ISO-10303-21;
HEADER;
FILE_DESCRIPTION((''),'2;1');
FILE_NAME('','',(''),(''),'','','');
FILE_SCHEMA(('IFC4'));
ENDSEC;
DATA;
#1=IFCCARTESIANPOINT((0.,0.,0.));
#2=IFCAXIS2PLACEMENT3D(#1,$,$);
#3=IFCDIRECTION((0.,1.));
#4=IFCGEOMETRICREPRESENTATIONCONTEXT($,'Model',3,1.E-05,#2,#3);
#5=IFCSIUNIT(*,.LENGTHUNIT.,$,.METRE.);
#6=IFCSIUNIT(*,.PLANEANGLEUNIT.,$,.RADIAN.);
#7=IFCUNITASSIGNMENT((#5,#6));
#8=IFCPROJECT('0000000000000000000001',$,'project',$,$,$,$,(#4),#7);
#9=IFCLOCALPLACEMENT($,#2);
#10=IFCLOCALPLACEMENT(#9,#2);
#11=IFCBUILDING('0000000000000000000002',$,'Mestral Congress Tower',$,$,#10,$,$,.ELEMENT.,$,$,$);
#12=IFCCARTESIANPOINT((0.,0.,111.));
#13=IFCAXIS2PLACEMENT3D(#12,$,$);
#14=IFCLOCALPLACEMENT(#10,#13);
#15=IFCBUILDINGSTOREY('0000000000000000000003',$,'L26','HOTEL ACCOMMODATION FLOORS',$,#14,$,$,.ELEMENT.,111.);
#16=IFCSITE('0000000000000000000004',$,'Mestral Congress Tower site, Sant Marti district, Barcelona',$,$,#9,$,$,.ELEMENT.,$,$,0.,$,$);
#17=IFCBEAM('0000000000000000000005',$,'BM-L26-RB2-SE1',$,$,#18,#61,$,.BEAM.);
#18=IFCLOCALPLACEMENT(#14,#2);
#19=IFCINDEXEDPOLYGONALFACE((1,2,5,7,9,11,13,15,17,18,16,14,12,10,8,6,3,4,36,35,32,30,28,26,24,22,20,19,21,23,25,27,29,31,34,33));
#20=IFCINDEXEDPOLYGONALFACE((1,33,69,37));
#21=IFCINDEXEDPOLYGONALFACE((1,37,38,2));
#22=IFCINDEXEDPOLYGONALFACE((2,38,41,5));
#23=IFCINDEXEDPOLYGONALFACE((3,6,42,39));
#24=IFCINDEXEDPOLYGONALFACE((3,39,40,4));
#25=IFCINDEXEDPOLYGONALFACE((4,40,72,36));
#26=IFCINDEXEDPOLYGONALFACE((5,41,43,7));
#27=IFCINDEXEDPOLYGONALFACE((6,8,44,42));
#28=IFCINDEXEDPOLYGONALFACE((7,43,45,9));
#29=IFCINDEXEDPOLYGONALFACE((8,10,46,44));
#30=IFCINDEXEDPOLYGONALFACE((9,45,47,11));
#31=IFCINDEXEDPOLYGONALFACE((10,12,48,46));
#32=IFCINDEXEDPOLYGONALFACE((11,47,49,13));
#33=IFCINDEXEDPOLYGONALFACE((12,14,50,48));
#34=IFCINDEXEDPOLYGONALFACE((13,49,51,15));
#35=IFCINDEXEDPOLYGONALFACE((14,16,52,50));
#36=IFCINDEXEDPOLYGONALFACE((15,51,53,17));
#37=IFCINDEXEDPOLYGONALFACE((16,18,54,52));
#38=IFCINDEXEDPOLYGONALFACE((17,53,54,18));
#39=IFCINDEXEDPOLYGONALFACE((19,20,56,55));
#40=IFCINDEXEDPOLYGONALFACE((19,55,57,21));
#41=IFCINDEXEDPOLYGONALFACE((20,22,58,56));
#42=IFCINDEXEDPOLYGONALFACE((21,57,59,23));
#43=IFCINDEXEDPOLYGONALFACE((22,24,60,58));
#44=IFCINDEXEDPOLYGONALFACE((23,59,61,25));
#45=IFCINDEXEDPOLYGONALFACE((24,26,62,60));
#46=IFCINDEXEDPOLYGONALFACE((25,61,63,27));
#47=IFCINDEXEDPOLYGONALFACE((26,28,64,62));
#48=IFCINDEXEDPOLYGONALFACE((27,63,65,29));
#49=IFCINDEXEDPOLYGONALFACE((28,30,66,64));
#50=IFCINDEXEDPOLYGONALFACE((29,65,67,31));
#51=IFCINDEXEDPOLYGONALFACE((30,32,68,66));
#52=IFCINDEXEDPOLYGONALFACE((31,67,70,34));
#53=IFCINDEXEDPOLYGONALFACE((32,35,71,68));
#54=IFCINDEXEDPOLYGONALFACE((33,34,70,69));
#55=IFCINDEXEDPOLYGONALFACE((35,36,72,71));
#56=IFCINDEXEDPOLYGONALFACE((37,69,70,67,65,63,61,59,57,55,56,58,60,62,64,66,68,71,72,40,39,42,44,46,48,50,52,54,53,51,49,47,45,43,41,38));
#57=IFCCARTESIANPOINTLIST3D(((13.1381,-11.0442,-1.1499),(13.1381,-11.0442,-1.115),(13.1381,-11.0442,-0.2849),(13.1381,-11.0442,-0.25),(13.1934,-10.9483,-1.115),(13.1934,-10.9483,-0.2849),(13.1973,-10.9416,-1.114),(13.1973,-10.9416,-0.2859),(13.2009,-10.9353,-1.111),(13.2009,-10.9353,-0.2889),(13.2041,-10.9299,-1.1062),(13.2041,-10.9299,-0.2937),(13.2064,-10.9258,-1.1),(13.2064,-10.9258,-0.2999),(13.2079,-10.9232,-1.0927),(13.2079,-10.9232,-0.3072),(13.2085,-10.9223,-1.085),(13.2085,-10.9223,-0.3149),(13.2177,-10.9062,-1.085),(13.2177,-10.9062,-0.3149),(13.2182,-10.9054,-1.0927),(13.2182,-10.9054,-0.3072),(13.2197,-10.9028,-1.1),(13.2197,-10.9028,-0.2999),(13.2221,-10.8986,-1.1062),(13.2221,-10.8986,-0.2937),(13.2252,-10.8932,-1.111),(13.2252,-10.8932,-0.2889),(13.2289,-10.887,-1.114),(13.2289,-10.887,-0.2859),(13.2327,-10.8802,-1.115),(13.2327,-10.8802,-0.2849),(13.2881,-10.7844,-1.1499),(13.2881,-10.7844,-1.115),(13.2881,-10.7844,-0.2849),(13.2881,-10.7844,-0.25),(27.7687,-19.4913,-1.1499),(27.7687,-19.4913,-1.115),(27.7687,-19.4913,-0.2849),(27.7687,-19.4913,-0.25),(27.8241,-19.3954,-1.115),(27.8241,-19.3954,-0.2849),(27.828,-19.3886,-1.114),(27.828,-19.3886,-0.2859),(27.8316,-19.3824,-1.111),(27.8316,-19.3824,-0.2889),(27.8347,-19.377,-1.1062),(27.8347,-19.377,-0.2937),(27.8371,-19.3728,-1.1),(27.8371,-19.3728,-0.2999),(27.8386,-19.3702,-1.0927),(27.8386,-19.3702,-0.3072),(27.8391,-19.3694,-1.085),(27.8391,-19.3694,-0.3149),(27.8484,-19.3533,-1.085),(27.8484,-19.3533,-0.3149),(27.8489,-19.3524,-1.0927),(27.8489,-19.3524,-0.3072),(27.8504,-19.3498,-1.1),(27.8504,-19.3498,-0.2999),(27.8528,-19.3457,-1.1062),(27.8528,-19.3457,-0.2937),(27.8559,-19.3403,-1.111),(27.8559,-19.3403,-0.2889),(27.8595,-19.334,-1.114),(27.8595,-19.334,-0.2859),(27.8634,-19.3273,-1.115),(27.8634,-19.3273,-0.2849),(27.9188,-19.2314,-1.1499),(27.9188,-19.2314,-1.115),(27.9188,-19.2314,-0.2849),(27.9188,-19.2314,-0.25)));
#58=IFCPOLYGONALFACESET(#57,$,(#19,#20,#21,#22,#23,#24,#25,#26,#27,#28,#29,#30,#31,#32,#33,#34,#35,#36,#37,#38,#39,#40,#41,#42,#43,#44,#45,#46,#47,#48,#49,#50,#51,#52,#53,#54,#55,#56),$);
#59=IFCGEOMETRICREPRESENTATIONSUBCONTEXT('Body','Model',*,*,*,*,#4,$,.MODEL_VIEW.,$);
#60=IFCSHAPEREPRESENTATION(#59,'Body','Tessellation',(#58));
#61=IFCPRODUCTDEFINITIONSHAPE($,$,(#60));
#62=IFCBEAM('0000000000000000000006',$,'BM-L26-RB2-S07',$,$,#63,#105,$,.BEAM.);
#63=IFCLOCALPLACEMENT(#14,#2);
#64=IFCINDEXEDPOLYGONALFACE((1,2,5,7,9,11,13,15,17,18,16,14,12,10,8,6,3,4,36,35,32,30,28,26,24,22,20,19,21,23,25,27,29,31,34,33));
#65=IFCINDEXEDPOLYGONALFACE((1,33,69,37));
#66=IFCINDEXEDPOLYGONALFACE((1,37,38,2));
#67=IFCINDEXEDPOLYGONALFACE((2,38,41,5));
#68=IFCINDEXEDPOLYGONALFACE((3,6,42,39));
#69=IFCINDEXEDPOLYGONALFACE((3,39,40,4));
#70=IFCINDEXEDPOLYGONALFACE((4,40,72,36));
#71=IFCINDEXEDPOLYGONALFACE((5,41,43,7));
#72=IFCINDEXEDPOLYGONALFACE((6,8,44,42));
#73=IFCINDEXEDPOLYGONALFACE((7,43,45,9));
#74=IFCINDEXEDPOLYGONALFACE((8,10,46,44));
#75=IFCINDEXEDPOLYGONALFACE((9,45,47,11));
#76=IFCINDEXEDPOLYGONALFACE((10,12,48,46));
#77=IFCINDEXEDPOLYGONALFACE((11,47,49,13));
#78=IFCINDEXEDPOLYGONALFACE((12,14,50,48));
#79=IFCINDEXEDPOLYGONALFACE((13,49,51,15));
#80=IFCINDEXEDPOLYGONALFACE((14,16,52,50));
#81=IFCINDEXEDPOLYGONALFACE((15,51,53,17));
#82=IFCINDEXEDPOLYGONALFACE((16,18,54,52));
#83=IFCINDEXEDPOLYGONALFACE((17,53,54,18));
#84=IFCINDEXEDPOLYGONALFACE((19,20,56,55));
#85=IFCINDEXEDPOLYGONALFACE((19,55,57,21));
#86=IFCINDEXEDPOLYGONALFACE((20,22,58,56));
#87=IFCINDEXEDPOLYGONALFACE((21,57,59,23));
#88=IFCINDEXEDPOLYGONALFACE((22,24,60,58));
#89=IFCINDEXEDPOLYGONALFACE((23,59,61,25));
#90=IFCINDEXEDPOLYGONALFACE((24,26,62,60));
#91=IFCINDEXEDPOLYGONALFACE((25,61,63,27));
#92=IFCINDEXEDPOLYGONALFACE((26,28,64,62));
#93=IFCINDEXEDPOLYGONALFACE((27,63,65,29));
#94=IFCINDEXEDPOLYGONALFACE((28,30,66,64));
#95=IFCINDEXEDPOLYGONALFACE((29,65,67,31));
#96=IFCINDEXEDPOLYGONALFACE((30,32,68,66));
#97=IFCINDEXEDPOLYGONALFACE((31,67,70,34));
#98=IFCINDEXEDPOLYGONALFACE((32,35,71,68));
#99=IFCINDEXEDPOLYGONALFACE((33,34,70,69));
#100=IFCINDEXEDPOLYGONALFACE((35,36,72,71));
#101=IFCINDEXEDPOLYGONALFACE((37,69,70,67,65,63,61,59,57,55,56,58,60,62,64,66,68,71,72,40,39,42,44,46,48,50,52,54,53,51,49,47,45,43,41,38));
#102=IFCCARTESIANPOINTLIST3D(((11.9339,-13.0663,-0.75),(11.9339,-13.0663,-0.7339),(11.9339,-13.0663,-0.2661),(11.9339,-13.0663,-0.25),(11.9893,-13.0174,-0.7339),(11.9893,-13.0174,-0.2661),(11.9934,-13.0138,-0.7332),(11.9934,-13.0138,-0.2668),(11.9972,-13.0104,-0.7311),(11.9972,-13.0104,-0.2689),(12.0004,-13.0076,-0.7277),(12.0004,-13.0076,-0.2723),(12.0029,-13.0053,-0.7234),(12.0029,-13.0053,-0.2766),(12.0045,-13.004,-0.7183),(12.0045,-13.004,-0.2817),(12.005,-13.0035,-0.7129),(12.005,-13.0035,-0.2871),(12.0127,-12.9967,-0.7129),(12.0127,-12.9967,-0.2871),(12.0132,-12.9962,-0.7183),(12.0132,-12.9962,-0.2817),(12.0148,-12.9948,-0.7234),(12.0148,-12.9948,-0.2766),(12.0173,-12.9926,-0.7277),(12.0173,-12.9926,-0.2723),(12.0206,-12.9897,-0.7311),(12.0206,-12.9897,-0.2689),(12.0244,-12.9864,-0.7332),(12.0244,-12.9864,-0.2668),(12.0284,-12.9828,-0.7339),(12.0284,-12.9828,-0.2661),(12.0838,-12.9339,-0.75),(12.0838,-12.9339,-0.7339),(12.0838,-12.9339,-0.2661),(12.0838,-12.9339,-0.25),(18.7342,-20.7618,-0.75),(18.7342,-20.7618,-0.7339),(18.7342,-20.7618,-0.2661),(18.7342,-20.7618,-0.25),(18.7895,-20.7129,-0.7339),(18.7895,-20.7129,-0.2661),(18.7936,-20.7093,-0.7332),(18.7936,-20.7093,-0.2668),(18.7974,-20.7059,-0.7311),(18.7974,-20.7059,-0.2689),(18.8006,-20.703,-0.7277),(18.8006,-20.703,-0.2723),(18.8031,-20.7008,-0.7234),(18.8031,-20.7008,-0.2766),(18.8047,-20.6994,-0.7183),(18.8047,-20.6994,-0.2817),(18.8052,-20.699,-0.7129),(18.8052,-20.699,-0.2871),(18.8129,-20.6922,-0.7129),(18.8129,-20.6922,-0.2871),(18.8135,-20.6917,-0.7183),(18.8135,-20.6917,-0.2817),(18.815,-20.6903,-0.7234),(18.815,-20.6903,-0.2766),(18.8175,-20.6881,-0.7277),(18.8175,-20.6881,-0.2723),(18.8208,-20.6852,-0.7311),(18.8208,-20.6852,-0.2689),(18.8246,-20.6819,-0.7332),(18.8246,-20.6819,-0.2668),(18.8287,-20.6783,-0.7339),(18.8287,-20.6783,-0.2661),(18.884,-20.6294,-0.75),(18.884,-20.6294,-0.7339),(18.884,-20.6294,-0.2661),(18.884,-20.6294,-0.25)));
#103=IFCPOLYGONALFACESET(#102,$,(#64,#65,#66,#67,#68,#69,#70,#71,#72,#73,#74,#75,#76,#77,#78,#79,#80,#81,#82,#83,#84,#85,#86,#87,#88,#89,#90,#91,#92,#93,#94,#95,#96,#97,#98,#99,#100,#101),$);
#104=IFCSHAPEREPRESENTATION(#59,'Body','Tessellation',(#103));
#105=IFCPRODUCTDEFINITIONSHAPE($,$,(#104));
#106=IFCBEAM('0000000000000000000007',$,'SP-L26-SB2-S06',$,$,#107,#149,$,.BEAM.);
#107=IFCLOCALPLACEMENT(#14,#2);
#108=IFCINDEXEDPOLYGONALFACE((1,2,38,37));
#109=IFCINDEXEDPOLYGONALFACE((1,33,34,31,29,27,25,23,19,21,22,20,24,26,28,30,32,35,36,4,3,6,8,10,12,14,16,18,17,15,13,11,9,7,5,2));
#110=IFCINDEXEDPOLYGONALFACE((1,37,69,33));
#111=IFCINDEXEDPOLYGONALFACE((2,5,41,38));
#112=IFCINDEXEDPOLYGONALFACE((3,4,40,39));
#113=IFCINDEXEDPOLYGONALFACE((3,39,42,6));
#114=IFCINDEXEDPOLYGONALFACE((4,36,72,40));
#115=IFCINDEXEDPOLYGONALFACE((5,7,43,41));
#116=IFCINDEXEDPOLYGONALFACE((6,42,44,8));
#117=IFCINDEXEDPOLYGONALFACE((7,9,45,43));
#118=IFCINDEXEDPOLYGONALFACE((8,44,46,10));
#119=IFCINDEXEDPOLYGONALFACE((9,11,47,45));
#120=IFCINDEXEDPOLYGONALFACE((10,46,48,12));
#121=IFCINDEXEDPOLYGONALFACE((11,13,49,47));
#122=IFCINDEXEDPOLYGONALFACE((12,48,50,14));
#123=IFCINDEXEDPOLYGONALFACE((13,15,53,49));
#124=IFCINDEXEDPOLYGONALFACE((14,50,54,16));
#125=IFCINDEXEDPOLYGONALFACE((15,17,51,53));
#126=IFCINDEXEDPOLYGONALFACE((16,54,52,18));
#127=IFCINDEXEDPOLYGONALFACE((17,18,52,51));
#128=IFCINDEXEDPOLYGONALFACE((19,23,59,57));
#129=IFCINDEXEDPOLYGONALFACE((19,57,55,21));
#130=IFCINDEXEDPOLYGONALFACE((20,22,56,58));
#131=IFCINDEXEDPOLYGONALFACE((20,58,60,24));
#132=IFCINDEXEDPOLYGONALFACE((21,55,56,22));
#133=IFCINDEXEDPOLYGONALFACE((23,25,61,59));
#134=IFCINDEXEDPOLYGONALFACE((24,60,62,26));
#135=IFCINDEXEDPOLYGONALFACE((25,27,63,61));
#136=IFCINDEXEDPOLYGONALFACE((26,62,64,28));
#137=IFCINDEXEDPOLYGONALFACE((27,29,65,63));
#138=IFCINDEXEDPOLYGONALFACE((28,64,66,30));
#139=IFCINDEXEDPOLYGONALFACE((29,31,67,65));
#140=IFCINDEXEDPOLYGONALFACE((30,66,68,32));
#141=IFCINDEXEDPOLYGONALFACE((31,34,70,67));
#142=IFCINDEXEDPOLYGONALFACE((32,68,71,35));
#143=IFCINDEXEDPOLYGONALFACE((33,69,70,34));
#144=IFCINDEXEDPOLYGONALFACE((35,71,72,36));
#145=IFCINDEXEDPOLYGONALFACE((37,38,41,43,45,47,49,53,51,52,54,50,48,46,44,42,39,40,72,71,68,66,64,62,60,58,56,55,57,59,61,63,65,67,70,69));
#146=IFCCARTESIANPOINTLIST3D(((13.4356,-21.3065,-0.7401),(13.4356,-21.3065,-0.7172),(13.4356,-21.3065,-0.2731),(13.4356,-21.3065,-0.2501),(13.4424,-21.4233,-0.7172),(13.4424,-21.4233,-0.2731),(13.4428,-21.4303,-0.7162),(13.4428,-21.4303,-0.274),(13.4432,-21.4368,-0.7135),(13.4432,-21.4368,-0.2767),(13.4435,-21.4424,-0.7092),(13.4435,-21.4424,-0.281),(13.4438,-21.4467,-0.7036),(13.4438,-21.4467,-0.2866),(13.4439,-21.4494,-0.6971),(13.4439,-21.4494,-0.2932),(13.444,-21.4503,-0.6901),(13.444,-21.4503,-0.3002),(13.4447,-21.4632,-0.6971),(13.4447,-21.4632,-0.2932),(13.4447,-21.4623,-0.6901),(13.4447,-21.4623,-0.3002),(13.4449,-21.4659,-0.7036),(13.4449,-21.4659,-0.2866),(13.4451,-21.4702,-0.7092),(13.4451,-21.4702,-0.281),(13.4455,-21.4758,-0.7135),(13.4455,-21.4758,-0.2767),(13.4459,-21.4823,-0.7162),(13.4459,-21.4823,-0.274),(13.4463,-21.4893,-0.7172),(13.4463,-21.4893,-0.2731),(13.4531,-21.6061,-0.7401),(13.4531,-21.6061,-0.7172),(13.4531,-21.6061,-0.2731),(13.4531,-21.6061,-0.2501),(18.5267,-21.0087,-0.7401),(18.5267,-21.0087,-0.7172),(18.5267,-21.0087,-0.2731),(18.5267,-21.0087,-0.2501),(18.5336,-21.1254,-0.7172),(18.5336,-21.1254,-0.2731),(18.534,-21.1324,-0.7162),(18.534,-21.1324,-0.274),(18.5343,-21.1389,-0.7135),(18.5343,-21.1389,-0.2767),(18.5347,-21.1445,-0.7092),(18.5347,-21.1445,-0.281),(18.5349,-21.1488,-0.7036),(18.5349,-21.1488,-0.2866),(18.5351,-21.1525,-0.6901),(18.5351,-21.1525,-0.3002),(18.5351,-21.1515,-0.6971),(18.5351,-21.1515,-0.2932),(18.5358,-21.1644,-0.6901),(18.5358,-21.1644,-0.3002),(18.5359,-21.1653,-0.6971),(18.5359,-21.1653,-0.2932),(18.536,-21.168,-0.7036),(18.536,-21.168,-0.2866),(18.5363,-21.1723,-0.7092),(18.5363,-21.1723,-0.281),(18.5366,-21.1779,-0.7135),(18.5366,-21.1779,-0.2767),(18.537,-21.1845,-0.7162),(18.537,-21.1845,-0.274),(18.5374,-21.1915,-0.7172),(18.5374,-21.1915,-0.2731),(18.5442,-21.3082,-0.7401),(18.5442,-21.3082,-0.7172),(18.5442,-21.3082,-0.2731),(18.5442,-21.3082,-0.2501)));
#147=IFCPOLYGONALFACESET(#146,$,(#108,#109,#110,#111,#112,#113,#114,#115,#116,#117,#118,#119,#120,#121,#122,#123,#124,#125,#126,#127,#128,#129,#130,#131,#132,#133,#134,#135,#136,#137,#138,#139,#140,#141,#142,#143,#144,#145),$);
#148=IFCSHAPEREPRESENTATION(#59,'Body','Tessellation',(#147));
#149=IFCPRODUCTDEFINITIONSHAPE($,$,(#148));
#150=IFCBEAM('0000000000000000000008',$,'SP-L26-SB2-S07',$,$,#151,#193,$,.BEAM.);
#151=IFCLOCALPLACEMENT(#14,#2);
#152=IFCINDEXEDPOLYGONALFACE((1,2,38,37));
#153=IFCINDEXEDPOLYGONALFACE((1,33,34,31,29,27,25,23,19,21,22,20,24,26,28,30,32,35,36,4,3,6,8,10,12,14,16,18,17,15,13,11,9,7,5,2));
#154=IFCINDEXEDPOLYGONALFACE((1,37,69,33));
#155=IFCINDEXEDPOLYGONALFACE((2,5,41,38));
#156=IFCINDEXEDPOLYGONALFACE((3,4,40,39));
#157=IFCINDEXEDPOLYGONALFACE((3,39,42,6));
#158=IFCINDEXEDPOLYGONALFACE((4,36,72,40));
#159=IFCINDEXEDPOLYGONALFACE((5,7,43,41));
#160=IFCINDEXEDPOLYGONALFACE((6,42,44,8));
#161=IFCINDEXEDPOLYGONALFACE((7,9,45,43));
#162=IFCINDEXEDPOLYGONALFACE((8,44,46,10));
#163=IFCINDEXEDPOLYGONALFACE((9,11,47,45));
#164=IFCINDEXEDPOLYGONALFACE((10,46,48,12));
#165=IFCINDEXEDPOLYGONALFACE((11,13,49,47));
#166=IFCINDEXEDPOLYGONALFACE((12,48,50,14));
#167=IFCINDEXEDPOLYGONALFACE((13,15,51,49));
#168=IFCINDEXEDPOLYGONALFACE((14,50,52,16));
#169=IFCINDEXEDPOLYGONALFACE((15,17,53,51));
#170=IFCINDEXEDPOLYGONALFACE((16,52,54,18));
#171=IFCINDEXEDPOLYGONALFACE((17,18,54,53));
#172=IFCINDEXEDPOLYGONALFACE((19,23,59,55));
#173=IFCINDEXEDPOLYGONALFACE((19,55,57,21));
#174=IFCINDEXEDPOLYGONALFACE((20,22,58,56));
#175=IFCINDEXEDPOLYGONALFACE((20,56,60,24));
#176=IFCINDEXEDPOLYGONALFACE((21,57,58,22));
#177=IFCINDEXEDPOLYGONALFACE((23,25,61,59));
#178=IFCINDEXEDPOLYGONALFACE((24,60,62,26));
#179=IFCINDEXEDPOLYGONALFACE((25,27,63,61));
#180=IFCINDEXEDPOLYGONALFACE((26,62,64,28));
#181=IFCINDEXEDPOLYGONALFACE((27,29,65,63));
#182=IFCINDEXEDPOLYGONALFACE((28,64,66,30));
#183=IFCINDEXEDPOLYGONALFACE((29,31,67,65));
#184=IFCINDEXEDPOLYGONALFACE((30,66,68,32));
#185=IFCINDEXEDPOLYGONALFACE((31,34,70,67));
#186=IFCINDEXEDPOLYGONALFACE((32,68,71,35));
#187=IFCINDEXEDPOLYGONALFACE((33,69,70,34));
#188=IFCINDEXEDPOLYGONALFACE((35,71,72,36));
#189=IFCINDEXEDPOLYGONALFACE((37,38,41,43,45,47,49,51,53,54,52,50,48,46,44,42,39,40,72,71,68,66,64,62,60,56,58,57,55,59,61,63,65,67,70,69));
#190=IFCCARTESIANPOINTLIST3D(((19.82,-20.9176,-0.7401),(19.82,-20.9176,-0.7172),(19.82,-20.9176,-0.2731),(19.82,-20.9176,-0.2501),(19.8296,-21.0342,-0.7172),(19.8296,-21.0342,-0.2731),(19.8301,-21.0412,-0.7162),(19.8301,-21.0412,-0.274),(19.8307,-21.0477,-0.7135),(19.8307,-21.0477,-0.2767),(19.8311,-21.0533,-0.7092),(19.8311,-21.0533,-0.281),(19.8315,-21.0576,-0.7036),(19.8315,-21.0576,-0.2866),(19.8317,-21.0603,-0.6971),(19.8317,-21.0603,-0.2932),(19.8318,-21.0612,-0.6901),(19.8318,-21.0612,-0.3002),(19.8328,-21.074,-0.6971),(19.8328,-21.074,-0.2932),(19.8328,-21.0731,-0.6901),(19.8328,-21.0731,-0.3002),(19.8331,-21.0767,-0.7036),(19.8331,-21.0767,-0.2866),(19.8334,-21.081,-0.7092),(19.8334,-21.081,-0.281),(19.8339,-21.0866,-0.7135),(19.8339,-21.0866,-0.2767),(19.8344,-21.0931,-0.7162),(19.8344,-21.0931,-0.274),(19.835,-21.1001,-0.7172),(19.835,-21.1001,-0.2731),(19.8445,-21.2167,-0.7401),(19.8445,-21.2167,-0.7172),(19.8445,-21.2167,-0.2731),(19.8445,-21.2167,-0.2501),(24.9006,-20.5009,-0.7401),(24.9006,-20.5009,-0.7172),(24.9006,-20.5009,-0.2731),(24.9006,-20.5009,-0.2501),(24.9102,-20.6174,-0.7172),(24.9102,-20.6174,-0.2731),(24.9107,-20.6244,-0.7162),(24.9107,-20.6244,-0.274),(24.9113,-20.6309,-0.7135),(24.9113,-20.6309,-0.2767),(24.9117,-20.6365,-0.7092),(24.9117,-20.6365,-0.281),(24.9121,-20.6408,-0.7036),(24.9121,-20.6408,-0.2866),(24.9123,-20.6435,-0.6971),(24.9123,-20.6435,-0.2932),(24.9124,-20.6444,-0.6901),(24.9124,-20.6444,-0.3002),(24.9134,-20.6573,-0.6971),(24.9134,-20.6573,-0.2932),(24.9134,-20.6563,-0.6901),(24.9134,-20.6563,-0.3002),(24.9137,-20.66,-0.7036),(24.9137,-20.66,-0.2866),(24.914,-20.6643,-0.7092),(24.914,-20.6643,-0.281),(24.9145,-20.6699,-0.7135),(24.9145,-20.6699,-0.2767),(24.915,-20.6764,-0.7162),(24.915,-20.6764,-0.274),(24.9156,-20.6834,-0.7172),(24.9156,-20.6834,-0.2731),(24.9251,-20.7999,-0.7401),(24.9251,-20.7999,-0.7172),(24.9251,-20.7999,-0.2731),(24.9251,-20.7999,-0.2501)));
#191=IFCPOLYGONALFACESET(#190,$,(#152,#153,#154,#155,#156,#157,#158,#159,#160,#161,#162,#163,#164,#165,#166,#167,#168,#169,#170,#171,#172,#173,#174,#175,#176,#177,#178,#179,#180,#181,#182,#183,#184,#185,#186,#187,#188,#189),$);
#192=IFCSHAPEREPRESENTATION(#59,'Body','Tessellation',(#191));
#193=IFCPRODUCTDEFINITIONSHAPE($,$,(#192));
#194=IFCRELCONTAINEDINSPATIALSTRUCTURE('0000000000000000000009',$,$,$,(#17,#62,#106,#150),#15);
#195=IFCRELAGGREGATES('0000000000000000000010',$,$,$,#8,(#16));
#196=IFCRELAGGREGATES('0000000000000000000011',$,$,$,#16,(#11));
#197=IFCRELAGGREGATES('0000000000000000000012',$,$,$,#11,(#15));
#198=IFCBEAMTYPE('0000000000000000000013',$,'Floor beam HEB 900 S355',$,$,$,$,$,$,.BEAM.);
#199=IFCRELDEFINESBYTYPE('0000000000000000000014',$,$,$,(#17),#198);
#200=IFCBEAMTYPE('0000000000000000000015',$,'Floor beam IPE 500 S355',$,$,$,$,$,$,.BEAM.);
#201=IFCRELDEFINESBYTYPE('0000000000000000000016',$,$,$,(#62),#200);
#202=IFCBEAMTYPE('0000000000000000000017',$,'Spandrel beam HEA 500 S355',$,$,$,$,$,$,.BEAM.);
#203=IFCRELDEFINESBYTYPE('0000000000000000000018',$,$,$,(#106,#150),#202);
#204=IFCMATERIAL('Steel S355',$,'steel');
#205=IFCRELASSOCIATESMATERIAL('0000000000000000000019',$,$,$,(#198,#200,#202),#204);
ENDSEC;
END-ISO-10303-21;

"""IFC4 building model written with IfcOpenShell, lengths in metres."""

from ifc_helpers import new_model, si_unit, direction, frame, origin, origin_2d, place, context, subcontext, project, spatial, i_section, extrude, material, material_profile, profile_set, type_object, element, save


model = new_model("IFC4")

# Units and contexts
model_context = context("Model", 3, precision=1e-05, world=origin(), true_north=direction((0.0, 1.0)))
body_context = subcontext(model_context, "Body", "Model", "MODEL_VIEW")
ifc_project = project(units=[si_unit("LENGTHUNIT", "METRE"), si_unit("PLANEANGLEUNIT", "RADIAN")], contexts=[model_context])

# Site, building, storey
site_placement = place(None, origin())
site = spatial("IfcSite", under=ifc_project, at=site_placement, Name="Mestral Congress Tower site, Sant Marti district, Barcelona", CompositionType="ELEMENT", RefElevation=0.0)
building_placement = place(site_placement, origin())
building = spatial("IfcBuilding", under=site, at=building_placement, Name="Mestral Congress Tower", CompositionType="ELEMENT")
storey_placement = place(building_placement, frame((0.0, 0.0, 111.0)))
storey = spatial("IfcBuildingStorey", under=building, at=storey_placement, Name="L26", Description="HOTEL ACCOMMODATION FLOORS", CompositionType="ELEMENT", Elevation=111.0)

# Beams
ifc_material_1 = material(Name="Steel S355", Category="steel")
ifc_material_profile_1 = material_profile(ifc_material_1, i_section(OverallWidth=0.3, OverallDepth=0.8999, WebThickness=0.0186, FlangeThickness=0.0349, FilletRadius=0.03, at=origin_2d()), Name="HEB 900")
ifc_profile_set_1 = profile_set([ifc_material_profile_1], Name="Steel S355")
beam_type_1 = type_object("IfcBeamType", Name="Floor beam HEB 900 S355", PredefinedType="BEAM", material=ifc_profile_set_1)
beam_1_placement = place(storey_placement, frame((27.8438, -19.3613, -0.7), z_axis=(-0.866025, 0.500001, 0.0), x_axis=(-0.500001, -0.866025, 0.0)))
element("IfcBeam", 1, at=beam_1_placement, inside=storey, type_object=beam_type_1, Name="BM-L26-RB2-SE1", PredefinedType="BEAM", context=body_context, shape_type="SweptSolid", body=[
    extrude(i_section(OverallWidth=0.3, OverallDepth=0.8999, WebThickness=0.0186, FlangeThickness=0.0349, FilletRadius=0.03, at=origin_2d()), origin(), (0.0, 0.0, 1.0), 16.894),
])
ifc_material_profile_2 = material_profile(ifc_material_1, i_section(OverallWidth=0.2, OverallDepth=0.5, WebThickness=0.0103, FlangeThickness=0.0161, FilletRadius=0.021, at=origin_2d()), Name="IPE 500")
ifc_profile_set_2 = profile_set([ifc_material_profile_2], Name="Steel S355")
beam_type_2 = type_object("IfcBeamType", Name="Floor beam IPE 500 S355", PredefinedType="BEAM", material=ifc_profile_set_2)
beam_2_placement = place(storey_placement, frame((18.8091, -20.6956, -0.5), z_axis=(-0.662174, 0.74935, 0.0), x_axis=(-0.74935, -0.662174, 0.0)))
element("IfcBeam", 2, at=beam_2_placement, inside=storey, type_object=beam_type_2, Name="BM-L26-RB2-S07", PredefinedType="BEAM", context=body_context, shape_type="SweptSolid", body=[
    extrude(i_section(OverallWidth=0.2, OverallDepth=0.5, WebThickness=0.0103, FlangeThickness=0.0161, FilletRadius=0.021, at=origin_2d()), origin(), (0.0, 0.0, 1.0), 10.2695),
])
ifc_material_profile_3 = material_profile(ifc_material_1, i_section(OverallWidth=0.3, OverallDepth=0.49, WebThickness=0.012, FlangeThickness=0.0229, FilletRadius=0.0271, at=origin_2d()), Name="HEA 500")
ifc_profile_set_3 = profile_set([ifc_material_profile_3], Name="Steel S355")
beam_type_3 = type_object("IfcBeamType", Name="Spandrel beam HEA 500 S355", PredefinedType="BEAM", material=ifc_profile_set_3)
beam_3_placement = place(storey_placement, frame((13.4443, -21.4563, -0.4951), z_axis=(0.998293, 0.058405, 0.0), x_axis=(-0.058405, 0.998293, 0.0)))
element("IfcBeam", 3, at=beam_3_placement, inside=storey, type_object=beam_type_3, Name="SP-L26-SB2-S06", PredefinedType="BEAM", context=body_context, shape_type="SweptSolid", body=[
    extrude(i_section(OverallWidth=0.3, OverallDepth=0.49, WebThickness=0.012, FlangeThickness=0.0229, FilletRadius=0.0271, at=origin_2d()), origin(), (0.0, 0.0, 1.0), 5.0999),
])
beam_4_placement = place(storey_placement, frame((19.8323, -21.0671, -0.4951), z_axis=(0.996653, 0.081753, 0.0), x_axis=(-0.081753, 0.996653, 0.0)))
element("IfcBeam", 4, at=beam_4_placement, inside=storey, type_object=beam_type_3, Name="SP-L26-SB2-S07", PredefinedType="BEAM", context=body_context, shape_type="SweptSolid", body=[
    extrude(i_section(OverallWidth=0.3, OverallDepth=0.49, WebThickness=0.012, FlangeThickness=0.0229, FilletRadius=0.0271, at=origin_2d()), origin(), (0.0, 0.0, 1.0), 5.0977),
])

save(model, "model.ifc")
